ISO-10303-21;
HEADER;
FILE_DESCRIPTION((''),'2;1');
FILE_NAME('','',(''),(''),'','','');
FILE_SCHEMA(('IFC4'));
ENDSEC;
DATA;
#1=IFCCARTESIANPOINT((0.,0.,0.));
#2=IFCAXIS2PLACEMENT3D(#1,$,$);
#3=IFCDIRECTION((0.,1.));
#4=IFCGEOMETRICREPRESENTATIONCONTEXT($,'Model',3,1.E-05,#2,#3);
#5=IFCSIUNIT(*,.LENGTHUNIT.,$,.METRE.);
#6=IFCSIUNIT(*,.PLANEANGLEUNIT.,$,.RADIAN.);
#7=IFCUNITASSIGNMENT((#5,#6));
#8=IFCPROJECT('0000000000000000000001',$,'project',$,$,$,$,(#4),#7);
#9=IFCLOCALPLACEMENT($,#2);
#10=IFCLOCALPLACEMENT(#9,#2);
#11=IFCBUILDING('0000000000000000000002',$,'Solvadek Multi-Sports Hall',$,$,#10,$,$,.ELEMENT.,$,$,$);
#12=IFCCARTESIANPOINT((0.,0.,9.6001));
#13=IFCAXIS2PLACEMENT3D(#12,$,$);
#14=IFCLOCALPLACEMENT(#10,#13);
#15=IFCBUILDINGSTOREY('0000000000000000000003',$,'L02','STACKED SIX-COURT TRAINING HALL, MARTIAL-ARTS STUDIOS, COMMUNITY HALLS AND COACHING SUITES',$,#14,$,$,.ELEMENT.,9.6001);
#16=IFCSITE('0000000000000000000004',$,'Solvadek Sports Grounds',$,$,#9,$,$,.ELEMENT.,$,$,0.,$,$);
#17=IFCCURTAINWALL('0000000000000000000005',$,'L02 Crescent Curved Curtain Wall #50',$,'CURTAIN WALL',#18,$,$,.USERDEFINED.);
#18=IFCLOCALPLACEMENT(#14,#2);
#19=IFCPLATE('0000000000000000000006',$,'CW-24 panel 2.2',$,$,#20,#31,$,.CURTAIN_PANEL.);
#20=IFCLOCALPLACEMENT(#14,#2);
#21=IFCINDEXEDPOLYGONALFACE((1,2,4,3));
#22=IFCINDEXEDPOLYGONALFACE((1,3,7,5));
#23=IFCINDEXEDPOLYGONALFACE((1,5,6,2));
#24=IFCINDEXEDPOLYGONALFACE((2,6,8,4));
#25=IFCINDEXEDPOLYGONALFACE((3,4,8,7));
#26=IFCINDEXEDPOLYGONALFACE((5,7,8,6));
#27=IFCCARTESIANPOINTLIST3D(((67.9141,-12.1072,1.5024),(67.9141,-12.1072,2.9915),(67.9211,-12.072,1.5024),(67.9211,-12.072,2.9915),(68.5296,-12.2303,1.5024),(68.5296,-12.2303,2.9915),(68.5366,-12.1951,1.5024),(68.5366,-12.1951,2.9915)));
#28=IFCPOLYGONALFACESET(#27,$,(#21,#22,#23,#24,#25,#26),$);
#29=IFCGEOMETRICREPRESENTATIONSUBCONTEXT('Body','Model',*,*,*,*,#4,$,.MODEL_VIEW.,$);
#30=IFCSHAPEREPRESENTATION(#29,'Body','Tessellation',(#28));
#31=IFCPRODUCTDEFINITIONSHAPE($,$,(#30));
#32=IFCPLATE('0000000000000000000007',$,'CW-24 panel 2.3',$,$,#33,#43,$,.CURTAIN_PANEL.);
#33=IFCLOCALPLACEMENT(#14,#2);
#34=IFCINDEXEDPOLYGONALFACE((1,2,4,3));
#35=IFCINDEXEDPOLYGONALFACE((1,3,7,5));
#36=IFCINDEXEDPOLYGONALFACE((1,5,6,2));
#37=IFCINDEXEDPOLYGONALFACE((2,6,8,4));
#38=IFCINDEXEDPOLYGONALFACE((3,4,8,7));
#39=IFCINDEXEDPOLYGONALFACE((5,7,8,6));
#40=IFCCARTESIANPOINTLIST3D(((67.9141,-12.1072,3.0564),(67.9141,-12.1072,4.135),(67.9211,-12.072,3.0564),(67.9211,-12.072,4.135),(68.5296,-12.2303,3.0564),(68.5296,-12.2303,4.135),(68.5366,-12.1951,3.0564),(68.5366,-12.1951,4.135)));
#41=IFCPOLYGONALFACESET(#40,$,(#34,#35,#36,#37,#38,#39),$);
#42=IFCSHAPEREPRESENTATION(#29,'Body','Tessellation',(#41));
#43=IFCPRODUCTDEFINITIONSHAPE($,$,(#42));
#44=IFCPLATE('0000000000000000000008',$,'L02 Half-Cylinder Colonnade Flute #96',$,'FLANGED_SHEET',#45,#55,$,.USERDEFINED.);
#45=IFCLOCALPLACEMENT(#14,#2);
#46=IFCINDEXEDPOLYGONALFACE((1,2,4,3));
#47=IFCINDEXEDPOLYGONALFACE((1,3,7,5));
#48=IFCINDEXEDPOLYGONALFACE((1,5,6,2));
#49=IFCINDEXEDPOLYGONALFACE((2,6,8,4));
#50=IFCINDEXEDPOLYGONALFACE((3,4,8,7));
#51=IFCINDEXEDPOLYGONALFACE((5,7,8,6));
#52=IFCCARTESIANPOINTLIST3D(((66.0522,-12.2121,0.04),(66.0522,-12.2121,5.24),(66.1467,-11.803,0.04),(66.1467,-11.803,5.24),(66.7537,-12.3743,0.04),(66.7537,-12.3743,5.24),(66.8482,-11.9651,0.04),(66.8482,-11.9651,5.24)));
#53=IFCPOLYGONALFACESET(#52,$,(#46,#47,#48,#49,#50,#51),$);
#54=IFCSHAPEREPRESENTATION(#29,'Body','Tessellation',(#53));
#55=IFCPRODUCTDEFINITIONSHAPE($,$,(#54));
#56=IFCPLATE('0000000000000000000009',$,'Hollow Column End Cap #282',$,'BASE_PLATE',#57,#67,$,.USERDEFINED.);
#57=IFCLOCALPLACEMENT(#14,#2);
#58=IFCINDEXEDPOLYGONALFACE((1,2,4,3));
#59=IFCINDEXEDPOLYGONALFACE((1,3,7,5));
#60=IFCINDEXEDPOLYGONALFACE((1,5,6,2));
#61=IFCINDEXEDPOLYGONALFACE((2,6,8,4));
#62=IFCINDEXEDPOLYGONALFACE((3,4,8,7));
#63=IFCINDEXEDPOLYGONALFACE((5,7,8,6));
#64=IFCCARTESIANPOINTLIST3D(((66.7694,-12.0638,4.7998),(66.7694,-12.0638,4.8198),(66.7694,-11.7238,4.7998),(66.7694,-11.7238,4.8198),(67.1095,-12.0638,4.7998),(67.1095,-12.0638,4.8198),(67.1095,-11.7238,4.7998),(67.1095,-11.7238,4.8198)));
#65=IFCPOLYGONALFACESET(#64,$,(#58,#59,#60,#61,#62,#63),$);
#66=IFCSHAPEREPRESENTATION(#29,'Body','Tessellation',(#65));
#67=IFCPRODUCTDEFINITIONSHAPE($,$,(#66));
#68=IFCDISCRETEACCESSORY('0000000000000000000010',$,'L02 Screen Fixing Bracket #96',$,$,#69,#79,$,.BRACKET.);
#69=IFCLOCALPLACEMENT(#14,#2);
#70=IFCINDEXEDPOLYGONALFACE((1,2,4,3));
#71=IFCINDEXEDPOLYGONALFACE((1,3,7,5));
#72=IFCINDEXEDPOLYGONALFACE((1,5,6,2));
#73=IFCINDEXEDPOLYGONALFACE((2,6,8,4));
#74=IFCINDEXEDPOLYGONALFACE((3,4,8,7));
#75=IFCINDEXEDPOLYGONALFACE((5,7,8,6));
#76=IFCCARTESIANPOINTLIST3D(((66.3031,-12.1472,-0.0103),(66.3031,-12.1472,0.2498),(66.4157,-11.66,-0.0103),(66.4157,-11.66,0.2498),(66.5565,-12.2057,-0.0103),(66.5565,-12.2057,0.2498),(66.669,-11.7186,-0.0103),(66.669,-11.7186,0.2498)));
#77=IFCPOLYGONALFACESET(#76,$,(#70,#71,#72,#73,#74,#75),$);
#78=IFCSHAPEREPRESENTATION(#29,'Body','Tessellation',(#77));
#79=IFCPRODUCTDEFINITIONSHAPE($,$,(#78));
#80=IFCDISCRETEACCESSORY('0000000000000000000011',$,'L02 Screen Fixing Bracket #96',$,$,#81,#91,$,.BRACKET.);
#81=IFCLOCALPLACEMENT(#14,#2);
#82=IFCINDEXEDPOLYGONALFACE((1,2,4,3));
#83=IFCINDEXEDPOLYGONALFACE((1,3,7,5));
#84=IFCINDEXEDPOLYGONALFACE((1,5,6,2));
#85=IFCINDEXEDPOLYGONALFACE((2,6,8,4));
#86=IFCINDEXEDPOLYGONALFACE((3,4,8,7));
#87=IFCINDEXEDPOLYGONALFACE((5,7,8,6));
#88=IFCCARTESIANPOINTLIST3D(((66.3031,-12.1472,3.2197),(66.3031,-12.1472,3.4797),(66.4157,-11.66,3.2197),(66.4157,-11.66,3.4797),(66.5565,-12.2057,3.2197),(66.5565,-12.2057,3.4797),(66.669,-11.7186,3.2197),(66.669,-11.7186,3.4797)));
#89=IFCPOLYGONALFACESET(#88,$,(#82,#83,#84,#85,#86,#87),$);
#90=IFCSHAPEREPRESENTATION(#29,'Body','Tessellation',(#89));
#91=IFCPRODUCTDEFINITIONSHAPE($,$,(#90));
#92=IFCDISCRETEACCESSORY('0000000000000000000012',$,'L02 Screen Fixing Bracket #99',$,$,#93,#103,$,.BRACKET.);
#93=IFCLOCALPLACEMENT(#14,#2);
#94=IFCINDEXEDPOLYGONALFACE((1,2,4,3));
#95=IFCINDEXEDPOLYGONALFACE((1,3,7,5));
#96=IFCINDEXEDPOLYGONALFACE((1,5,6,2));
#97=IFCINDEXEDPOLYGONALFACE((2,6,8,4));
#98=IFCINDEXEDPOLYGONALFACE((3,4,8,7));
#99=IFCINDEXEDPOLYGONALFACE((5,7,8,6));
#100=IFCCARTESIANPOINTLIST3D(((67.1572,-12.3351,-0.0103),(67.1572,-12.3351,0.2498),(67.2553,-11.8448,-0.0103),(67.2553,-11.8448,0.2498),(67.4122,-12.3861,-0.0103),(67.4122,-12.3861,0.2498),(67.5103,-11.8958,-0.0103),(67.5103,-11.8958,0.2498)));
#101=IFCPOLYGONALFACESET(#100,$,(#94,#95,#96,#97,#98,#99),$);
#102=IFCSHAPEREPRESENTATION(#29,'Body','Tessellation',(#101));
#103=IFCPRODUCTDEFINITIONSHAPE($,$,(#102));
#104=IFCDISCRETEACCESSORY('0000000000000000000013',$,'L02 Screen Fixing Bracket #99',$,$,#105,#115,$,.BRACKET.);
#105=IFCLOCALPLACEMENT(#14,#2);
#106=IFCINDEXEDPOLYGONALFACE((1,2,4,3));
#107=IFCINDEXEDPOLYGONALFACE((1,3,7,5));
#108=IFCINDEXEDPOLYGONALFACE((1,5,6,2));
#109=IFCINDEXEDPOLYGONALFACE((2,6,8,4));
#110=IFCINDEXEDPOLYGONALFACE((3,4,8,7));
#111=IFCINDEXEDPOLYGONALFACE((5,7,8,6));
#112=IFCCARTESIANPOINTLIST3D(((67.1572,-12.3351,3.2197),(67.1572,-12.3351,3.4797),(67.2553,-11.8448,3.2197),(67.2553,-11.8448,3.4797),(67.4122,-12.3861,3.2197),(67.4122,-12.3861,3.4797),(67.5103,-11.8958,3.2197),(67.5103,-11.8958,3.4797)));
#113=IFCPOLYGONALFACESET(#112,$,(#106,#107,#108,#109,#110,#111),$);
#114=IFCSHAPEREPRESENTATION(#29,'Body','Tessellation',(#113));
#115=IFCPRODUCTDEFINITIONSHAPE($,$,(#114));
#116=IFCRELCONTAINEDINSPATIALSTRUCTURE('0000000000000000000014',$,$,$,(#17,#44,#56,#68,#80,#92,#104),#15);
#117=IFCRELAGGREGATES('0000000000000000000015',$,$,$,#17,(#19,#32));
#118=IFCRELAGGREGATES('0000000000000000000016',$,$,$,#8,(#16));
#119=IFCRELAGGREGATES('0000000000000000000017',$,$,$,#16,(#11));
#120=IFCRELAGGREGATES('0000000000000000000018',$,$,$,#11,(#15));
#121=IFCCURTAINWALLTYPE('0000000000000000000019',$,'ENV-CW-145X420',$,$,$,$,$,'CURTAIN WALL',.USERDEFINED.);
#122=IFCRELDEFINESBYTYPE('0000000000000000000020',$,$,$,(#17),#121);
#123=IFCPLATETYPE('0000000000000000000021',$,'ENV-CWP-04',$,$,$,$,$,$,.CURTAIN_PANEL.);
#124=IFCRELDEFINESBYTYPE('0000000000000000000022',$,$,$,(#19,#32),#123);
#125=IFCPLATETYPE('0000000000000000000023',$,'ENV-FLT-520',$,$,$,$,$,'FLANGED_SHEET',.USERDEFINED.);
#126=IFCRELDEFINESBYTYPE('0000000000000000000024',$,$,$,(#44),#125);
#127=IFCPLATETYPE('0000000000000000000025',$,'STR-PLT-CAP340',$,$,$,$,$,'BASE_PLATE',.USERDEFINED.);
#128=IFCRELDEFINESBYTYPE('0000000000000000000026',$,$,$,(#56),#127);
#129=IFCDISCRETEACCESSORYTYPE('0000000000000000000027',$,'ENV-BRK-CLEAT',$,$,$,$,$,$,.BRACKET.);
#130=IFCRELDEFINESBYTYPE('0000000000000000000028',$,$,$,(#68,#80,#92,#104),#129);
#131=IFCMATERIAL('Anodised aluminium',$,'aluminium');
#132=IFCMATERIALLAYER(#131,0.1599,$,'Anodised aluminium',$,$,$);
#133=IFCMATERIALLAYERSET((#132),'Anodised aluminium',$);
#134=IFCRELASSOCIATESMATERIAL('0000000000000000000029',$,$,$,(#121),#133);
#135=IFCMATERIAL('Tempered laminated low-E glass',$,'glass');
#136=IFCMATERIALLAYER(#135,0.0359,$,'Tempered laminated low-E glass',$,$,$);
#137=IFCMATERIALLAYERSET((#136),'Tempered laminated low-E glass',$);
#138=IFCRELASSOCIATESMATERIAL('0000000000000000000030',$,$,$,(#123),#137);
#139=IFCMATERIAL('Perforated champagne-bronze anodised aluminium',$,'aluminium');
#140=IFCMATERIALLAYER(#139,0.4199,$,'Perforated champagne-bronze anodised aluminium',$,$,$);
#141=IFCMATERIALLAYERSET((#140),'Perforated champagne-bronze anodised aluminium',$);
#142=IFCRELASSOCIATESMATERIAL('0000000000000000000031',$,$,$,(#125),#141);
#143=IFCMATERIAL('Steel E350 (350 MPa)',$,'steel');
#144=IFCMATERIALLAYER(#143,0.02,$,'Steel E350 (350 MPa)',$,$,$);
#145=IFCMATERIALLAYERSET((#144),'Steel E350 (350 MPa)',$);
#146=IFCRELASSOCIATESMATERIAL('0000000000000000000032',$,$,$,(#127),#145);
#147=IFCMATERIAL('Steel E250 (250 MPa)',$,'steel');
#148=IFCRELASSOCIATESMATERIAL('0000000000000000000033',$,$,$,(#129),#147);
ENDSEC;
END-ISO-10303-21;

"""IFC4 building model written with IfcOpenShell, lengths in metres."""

from ifc_helpers import new_model, si_unit, direction, frame, origin, origin_2d, place, context, subcontext, project, spatial, rectangle, extrude, material, layer, layer_set, type_object, element, aggregate, save


model = new_model("IFC4")

# Units and contexts
model_context = context("Model", 3, precision=1e-05, world=origin(), true_north=direction((0.0, 1.0)))
body_context = subcontext(model_context, "Body", "Model", "MODEL_VIEW")
ifc_project = project(units=[si_unit("LENGTHUNIT", "METRE"), si_unit("PLANEANGLEUNIT", "RADIAN")], contexts=[model_context])

# Site, building, storey
site_placement = place(None, origin())
site = spatial("IfcSite", under=ifc_project, at=site_placement, Name="Solvadek Sports Grounds", CompositionType="ELEMENT", RefElevation=0.0)
building_placement = place(site_placement, origin())
building = spatial("IfcBuilding", under=site, at=building_placement, Name="Solvadek Multi-Sports Hall", CompositionType="ELEMENT")
storey_placement = place(building_placement, frame((0.0, 0.0, 9.6001)))
storey = spatial("IfcBuildingStorey", under=building, at=storey_placement, Name="L02", Description="STACKED SIX-COURT TRAINING HALL, MARTIAL-ARTS STUDIOS, COMMUNITY HALLS AND COACHING SUITES", CompositionType="ELEMENT", Elevation=9.6001)

# Shared definitions
ifc_material_1 = material(Name="Steel E350 (350 MPa)", Category="steel")

# Curtain wall
ifc_material_2 = material(Name="Anodised aluminium", Category="aluminium")
ifc_layer_1 = layer(ifc_material_2, 0.1599, Name="Anodised aluminium")
ifc_layer_set_1 = layer_set([ifc_layer_1], Name="Anodised aluminium")
curtain_wall_type_1 = type_object("IfcCurtainWallType", Name="ENV-CW-145X420", ElementType="CURTAIN WALL", PredefinedType="USERDEFINED", material=ifc_layer_set_1)
curtain_wall_1_placement = place(storey_placement, origin())
curtain_wall_1 = element("IfcCurtainWall", 1, at=curtain_wall_1_placement, inside=storey, type_object=curtain_wall_type_1, Name="L02 Crescent Curved Curtain Wall #50", ObjectType="CURTAIN WALL", PredefinedType="USERDEFINED")

# Shared definitions
ifc_material_3 = material(Name="Steel E250 (250 MPa)", Category="steel")

# Plates
ifc_material_4 = material(Name="Tempered laminated low-E glass", Category="glass")
ifc_layer_2 = layer(ifc_material_4, 0.0359, Name="Tempered laminated low-E glass")
ifc_layer_set_2 = layer_set([ifc_layer_2], Name="Tempered laminated low-E glass")
plate_type_1 = type_object("IfcPlateType", Name="ENV-CWP-04", PredefinedType="CURTAIN_PANEL", material=ifc_layer_set_2)
plate_1_placement = place(storey_placement, frame((68.2253, -12.1511, 1.5024), z_axis=(0.0, 0.0, 1.0), x_axis=(0.980573, -0.196156, 0.0)))
plate_1 = element("IfcPlate", 2, at=plate_1_placement, type_object=plate_type_1, Name="CW-24 panel 2.2", PredefinedType="CURTAIN_PANEL", context=body_context, shape_type="SweptSolid", body=[
    extrude(rectangle(XDim=0.6277, YDim=0.0359, at=origin_2d()), origin(), (0.0, 0.0, 1.0), 1.489),
])
plate_2_placement = place(storey_placement, frame((68.2253, -12.1511, 3.0564), z_axis=(0.0, 0.0, 1.0), x_axis=(0.980573, -0.196156, 0.0)))
plate_2 = element("IfcPlate", 3, at=plate_2_placement, type_object=plate_type_1, Name="CW-24 panel 2.3", PredefinedType="CURTAIN_PANEL", context=body_context, shape_type="SweptSolid", body=[
    extrude(rectangle(XDim=0.6277, YDim=0.0359, at=origin_2d()), origin(), (0.0, 0.0, 1.0), 1.0786),
])
aggregate(curtain_wall_1, [plate_1, plate_2])

# Plates
ifc_material_5 = material(Name="Perforated champagne-bronze anodised aluminium", Category="aluminium")
ifc_layer_3 = layer(ifc_material_5, 0.4199, Name="Perforated champagne-bronze anodised aluminium")
ifc_layer_set_3 = layer_set([ifc_layer_3], Name="Perforated champagne-bronze anodised aluminium")
plate_type_2 = type_object("IfcPlateType", Name="ENV-FLT-520", ElementType="FLANGED_SHEET", PredefinedType="USERDEFINED", material=ifc_layer_set_3)
plate_3_placement = place(storey_placement, frame((66.4502, -12.0886, 0.04), z_axis=(0.0, 0.0, 1.0), x_axis=(0.974313, -0.225197, 0.0)))
element("IfcPlate", 4, at=plate_3_placement, inside=storey, type_object=plate_type_2, Name="L02 Half-Cylinder Colonnade Flute #96", ObjectType="FLANGED_SHEET", PredefinedType="USERDEFINED", context=body_context, shape_type="SweptSolid", body=[
    extrude(rectangle(XDim=0.72, YDim=0.4199, at=origin_2d()), origin(), (0.0, 0.0, 1.0), 5.2),
])
ifc_layer_4 = layer(ifc_material_1, 0.02, Name="Steel E350 (350 MPa)")
ifc_layer_set_4 = layer_set([ifc_layer_4], Name="Steel E350 (350 MPa)")
plate_type_3 = type_object("IfcPlateType", Name="STR-PLT-CAP340", ElementType="BASE_PLATE", PredefinedType="USERDEFINED", material=ifc_layer_set_4)
plate_4_placement = place(storey_placement, frame((66.9395, -11.8938, 4.7998), z_axis=(0.0, 0.0, 1.0), x_axis=(1.0, 0.0, 0.0)))
element("IfcPlate", 5, at=plate_4_placement, inside=storey, type_object=plate_type_3, Name="Hollow Column End Cap #282", ObjectType="BASE_PLATE", PredefinedType="USERDEFINED", context=body_context, shape_type="SweptSolid", body=[
    extrude(rectangle(XDim=0.3401, YDim=0.3401, at=origin_2d()), origin(), (0.0, 0.0, 1.0), 0.02),
])

# Discrete accessories
discrete_accessory_type = type_object("IfcDiscreteAccessoryType", Name="ENV-BRK-CLEAT", PredefinedType="BRACKET", material=ifc_material_3)
for number, where, z_axis, x_axis, name in (
    (6, (66.4861, -11.9329, -0.0103), (0.0, 0.0, 1.0), (0.974313, -0.225197, 0.0), "L02 Screen Fixing Bracket #96"),
    (7, (66.4861, -11.9329, 3.2197), (0.0, 0.0, 1.0), (0.974313, -0.225197, 0.0), "L02 Screen Fixing Bracket #96"),
    (8, (67.3337, -12.1155, -0.0103), (0.0, 0.0, 1.0), (0.980567, -0.196183, 0.0), "L02 Screen Fixing Bracket #99"),
    (9, (67.3337, -12.1155, 3.2197), (0.0, 0.0, 1.0), (0.980567, -0.196183, 0.0), "L02 Screen Fixing Bracket #99"),
):
    element("IfcDiscreteAccessory", number, at=place(storey_placement, frame(where, z_axis=z_axis, x_axis=x_axis)), inside=storey, type_object=discrete_accessory_type, Name=name, PredefinedType="BRACKET", context=body_context, shape_type="SweptSolid", body=[
        extrude(rectangle(XDim=0.26, YDim=0.5, at=origin_2d()), origin(), (0.0, 0.0, 1.0), 0.26),
    ])

save(model, "model.ifc")
